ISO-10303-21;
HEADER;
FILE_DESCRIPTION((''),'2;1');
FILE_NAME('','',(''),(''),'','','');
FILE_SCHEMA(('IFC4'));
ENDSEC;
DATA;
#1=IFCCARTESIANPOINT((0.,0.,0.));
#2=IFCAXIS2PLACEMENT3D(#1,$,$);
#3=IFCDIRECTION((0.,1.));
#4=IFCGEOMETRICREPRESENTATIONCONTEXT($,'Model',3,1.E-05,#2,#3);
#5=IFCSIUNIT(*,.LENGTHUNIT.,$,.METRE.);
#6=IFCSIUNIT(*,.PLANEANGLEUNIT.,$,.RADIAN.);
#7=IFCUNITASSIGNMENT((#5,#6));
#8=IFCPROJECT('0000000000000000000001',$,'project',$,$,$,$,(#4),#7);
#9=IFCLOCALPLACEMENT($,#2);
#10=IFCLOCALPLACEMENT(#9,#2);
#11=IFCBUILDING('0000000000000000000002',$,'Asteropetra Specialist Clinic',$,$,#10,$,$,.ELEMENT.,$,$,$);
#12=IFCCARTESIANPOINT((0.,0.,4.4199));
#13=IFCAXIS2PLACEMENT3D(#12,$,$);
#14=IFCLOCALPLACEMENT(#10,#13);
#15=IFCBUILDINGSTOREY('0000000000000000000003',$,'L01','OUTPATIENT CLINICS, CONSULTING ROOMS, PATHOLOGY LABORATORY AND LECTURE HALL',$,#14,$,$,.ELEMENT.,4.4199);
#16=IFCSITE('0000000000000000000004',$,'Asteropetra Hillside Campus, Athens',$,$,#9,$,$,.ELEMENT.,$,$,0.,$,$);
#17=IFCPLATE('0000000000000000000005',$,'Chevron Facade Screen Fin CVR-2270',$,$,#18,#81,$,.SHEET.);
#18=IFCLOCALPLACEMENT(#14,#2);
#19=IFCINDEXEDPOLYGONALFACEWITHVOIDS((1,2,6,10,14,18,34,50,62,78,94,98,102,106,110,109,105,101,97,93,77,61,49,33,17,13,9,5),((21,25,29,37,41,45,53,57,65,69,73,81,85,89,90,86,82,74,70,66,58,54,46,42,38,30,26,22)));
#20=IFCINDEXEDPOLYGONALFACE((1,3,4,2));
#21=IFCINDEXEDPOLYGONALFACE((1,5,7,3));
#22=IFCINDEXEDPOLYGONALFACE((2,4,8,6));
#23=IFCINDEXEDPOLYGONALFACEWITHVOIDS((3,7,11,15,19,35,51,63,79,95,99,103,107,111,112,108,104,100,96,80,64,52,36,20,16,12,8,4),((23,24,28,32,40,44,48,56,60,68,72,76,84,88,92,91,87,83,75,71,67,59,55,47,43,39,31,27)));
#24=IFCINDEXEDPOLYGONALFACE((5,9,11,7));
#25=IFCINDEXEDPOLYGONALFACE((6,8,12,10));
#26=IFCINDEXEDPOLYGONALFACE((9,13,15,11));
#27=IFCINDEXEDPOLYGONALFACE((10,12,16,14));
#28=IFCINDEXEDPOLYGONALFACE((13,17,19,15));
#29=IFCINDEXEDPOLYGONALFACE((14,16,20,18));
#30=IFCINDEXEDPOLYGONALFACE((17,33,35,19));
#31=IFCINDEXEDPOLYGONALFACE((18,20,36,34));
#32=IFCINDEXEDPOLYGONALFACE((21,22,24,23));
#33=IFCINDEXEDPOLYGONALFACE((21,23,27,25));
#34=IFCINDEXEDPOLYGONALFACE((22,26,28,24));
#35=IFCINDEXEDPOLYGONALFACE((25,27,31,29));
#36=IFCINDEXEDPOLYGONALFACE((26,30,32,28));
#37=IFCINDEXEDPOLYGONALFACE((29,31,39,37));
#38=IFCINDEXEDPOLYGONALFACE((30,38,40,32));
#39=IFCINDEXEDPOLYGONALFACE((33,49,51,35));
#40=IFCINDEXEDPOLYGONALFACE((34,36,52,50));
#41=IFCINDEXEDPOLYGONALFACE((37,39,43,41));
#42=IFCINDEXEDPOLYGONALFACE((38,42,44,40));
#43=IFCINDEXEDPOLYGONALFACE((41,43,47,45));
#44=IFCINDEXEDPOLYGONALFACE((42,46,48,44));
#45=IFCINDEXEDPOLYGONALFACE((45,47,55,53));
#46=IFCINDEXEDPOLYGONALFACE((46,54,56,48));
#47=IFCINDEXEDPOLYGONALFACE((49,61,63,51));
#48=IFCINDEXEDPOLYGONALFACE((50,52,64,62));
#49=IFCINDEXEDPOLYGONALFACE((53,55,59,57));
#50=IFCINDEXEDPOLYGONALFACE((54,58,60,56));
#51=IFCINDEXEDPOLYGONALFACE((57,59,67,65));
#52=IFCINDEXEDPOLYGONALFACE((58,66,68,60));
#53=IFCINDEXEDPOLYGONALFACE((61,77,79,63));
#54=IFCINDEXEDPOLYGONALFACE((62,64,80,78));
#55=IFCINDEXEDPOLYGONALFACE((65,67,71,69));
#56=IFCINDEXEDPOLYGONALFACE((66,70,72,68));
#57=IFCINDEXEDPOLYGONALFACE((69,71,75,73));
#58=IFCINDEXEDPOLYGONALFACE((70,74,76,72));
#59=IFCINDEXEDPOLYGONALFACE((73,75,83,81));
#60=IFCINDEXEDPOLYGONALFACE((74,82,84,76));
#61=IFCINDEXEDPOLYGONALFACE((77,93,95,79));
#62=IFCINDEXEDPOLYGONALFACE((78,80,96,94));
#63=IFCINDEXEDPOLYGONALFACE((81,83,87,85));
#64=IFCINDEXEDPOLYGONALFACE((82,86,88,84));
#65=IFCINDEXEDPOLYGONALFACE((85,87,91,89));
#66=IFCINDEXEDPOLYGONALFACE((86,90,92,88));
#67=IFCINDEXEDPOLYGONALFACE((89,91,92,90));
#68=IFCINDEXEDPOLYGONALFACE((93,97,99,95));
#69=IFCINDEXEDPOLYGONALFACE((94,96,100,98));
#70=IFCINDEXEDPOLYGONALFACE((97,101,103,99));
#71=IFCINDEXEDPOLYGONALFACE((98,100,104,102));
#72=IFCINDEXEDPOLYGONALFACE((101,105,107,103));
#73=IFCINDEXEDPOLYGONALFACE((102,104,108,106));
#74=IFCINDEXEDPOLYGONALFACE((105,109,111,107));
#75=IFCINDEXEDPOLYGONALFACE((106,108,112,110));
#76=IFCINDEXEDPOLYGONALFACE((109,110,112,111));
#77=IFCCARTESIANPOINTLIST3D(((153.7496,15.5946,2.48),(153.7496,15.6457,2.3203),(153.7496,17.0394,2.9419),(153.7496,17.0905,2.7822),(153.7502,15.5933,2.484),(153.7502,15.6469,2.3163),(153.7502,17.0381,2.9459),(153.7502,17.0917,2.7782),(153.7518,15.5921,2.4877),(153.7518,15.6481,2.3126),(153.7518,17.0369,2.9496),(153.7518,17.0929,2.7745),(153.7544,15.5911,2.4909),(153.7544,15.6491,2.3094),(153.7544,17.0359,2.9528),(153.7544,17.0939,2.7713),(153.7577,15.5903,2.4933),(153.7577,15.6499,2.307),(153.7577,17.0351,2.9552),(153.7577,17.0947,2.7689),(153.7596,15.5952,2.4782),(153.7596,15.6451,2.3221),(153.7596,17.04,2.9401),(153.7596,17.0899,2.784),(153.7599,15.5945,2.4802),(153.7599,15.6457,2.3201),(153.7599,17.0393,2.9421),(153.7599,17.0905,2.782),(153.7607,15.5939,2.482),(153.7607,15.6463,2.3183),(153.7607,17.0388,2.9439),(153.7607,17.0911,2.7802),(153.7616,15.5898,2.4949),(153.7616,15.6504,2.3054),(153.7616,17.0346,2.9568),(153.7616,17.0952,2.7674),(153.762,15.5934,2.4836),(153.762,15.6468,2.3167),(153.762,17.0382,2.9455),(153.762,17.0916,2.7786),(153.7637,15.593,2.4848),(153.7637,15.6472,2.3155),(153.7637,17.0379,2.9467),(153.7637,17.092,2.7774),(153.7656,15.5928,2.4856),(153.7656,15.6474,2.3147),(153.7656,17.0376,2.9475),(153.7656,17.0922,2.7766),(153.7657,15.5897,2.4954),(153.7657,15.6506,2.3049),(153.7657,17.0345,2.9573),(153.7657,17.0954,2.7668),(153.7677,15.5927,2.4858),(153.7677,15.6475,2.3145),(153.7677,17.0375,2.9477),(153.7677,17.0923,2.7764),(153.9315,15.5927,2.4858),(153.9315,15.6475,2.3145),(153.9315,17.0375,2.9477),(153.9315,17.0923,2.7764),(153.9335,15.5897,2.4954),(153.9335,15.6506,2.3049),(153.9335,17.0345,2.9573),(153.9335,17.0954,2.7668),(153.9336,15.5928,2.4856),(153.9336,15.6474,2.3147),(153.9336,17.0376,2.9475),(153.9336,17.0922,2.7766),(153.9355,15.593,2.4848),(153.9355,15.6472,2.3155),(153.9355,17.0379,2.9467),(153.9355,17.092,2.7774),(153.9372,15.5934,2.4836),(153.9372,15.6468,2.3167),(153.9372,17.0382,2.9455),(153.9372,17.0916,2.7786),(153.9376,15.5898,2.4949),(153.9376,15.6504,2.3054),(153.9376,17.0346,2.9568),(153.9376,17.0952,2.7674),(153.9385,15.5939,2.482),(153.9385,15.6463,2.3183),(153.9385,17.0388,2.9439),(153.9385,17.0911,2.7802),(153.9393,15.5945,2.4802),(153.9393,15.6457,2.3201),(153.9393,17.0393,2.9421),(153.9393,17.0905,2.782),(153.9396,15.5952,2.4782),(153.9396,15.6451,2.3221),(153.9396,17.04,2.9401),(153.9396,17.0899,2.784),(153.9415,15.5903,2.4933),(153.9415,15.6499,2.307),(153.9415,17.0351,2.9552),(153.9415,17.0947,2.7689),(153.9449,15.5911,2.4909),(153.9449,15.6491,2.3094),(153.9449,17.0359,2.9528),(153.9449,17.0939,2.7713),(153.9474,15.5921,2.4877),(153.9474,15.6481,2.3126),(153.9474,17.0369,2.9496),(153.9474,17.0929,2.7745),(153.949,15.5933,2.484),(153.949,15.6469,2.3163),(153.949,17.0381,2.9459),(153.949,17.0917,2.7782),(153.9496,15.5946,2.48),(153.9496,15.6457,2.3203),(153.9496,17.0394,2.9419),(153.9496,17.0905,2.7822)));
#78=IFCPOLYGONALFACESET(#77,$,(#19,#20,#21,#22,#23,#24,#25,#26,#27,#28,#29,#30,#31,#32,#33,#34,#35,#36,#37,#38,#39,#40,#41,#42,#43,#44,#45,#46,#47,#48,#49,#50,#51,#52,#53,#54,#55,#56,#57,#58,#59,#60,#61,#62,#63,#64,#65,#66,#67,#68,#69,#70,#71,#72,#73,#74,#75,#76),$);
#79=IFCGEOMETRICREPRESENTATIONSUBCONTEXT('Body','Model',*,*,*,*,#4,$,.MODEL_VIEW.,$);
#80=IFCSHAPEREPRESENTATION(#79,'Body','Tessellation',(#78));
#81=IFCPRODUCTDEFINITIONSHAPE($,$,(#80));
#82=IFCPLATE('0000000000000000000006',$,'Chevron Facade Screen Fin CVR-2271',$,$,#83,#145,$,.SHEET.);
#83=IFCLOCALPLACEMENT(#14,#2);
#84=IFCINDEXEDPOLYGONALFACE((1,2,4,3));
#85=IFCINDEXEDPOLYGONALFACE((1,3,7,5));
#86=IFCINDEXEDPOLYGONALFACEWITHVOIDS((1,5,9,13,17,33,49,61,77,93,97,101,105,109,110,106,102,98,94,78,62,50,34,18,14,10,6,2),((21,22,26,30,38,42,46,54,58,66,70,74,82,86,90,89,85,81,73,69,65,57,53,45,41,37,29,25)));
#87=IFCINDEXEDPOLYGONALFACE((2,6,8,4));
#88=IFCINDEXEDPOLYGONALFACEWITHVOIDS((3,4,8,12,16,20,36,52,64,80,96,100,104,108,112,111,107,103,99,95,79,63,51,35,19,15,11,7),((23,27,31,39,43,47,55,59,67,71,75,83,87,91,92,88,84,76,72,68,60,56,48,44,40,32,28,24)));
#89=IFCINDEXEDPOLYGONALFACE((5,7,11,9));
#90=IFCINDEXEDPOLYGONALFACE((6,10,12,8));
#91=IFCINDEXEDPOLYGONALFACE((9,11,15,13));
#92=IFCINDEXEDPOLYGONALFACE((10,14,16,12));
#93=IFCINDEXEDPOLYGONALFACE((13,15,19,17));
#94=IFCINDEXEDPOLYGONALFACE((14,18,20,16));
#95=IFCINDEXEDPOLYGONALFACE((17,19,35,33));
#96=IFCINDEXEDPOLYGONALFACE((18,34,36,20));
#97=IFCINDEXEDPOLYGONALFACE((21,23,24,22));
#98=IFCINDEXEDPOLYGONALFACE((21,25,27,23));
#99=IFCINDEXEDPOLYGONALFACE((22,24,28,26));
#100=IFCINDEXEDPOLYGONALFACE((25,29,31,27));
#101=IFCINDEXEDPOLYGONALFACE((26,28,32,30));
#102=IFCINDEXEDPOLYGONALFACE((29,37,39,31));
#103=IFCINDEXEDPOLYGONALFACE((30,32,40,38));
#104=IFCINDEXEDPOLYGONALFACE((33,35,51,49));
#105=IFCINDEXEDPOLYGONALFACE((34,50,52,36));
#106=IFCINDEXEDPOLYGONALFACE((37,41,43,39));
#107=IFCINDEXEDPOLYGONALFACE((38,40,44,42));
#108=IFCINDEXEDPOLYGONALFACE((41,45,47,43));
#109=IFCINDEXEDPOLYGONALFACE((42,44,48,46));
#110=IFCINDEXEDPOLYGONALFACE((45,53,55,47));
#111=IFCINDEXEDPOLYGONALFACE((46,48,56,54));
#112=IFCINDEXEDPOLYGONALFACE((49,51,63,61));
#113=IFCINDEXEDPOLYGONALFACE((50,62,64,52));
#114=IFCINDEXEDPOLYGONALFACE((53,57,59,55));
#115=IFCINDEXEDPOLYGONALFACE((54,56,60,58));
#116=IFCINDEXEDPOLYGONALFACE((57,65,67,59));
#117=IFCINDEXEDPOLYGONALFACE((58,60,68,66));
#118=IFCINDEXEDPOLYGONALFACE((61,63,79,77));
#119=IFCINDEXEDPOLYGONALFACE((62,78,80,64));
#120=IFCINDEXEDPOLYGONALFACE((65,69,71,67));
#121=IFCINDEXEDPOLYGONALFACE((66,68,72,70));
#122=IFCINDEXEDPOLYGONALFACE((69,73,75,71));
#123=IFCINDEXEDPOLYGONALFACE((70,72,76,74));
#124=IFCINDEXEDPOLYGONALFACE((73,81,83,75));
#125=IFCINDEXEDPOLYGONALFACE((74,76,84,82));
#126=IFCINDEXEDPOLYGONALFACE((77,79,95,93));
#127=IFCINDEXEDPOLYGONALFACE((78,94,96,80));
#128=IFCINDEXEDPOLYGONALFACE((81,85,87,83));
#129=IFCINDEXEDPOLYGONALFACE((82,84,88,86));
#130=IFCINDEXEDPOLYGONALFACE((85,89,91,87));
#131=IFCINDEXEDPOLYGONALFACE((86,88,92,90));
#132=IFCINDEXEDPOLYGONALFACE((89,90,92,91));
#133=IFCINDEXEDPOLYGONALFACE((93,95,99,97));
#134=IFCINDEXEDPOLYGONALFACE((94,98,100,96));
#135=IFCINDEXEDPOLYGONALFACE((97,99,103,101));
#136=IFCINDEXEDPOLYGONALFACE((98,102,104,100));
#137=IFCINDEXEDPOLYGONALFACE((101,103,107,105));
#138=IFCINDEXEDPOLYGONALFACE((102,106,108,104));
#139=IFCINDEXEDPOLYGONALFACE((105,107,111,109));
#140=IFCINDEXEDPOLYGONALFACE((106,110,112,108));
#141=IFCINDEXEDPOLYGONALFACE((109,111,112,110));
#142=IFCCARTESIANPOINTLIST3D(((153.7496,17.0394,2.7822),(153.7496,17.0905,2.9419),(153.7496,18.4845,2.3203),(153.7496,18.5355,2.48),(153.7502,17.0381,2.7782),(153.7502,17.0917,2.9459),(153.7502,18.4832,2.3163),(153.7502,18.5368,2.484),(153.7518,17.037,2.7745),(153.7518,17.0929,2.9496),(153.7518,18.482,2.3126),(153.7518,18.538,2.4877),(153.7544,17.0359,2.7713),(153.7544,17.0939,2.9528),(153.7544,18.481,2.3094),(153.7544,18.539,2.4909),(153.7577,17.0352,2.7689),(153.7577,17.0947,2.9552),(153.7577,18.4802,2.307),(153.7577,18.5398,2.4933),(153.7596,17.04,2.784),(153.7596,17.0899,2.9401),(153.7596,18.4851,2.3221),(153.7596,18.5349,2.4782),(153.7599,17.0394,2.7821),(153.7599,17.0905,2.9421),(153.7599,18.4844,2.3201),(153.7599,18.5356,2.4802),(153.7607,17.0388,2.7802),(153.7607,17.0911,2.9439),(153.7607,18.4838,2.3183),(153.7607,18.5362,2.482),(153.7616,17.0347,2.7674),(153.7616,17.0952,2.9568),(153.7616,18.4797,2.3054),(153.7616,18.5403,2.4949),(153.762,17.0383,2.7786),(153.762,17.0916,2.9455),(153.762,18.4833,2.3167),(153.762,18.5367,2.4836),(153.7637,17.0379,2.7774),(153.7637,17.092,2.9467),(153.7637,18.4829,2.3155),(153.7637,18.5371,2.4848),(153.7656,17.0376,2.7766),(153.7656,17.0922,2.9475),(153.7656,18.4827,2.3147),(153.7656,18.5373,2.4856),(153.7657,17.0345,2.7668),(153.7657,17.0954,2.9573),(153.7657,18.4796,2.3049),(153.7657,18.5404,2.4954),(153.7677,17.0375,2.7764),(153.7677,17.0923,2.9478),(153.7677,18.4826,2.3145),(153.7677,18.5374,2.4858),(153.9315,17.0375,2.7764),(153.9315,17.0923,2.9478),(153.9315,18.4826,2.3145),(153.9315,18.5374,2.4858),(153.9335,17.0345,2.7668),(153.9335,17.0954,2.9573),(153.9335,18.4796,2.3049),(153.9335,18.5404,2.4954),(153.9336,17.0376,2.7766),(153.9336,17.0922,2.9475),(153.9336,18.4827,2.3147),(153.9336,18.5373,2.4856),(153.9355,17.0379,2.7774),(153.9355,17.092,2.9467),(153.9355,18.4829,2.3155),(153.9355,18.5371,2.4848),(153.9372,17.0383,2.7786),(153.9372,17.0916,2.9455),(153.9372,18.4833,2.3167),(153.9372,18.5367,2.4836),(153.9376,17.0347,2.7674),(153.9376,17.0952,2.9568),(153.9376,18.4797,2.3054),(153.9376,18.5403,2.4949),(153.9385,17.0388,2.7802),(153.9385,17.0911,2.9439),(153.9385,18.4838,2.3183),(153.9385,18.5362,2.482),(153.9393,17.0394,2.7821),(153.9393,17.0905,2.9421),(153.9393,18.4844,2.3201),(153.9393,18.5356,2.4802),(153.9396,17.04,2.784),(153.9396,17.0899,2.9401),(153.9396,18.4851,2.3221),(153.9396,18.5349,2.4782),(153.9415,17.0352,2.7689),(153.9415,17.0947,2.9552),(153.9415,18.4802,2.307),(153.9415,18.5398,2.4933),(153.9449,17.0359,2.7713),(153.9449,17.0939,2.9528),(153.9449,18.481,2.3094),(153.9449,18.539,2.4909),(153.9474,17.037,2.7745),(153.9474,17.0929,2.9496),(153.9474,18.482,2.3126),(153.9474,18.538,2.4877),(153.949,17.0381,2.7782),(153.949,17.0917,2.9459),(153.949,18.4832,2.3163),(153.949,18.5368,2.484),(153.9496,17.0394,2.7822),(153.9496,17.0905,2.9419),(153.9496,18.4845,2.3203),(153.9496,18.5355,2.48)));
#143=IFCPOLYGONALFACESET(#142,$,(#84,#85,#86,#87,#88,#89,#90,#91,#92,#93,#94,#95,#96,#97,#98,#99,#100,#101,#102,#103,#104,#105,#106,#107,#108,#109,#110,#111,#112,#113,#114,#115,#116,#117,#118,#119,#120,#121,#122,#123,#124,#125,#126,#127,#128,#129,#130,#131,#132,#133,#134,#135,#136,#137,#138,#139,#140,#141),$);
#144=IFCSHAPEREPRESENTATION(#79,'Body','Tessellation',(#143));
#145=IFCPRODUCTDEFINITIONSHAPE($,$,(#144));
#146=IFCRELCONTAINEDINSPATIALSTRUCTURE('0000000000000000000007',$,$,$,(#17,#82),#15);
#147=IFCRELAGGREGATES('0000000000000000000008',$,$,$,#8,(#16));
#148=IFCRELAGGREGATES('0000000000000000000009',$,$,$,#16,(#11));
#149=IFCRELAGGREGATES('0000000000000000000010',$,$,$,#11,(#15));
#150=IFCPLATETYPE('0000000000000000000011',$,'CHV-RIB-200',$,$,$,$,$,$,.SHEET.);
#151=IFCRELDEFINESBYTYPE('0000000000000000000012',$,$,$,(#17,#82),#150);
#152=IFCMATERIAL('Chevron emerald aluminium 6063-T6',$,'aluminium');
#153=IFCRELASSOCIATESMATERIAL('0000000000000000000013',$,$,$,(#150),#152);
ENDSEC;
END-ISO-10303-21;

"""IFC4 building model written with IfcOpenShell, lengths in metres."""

from ifc_helpers import new_model, si_unit, direction, frame, origin, origin_2d, place, context, subcontext, project, spatial, hollow_rectangle, extrude, material, material_profile, profile_set, type_object, element, save


model = new_model("IFC4")

# Units and contexts
model_context = context("Model", 3, precision=1e-05, world=origin(), true_north=direction((0.0, 1.0)))
body_context = subcontext(model_context, "Body", "Model", "MODEL_VIEW")
ifc_project = project(units=[si_unit("LENGTHUNIT", "METRE"), si_unit("PLANEANGLEUNIT", "RADIAN")], contexts=[model_context])

# Site, building, storey
site_placement = place(None, origin())
site = spatial("IfcSite", under=ifc_project, at=site_placement, Name="Asteropetra Hillside Campus, Athens", CompositionType="ELEMENT", RefElevation=0.0)
building_placement = place(site_placement, origin())
building = spatial("IfcBuilding", under=site, at=building_placement, Name="Asteropetra Specialist Clinic", CompositionType="ELEMENT")
storey_placement = place(building_placement, frame((0.0, 0.0, 4.4199)))
storey = spatial("IfcBuildingStorey", under=building, at=storey_placement, Name="L01", Description="OUTPATIENT CLINICS, CONSULTING ROOMS, PATHOLOGY LABORATORY AND LECTURE HALL", CompositionType="ELEMENT", Elevation=4.4199)

# Plates
ifc_material_1 = material(Name="Chevron emerald aluminium 6063-T6", Category="aluminium")
ifc_material_profile = material_profile(ifc_material_1, hollow_rectangle(XDim=0.2, YDim=0.2, WallThickness=0.01, InnerFilletRadius=0.0081, OuterFilletRadius=0.0161, at=origin_2d()), Name="SHS 200x200x10.0")
ifc_profile_set = profile_set([ifc_material_profile], Name="Chevron emerald aluminium 6063-T6")
plate_type = type_object("IfcPlateType", Name="CHV-RIB-200", PredefinedType="SHEET", material=ifc_profile_set)
plate_1_placement = place(storey_placement, frame((153.8496, 15.6201, 2.4001), z_axis=(0.0, 0.952506, 0.304519), x_axis=(-1.0, 0.0, 0.0)))
element("IfcPlate", 1, at=plate_1_placement, inside=storey, type_object=plate_type, Name="Chevron Facade Screen Fin CVR-2270", PredefinedType="SHEET", context=body_context, shape_type="SweptSolid", body=[
    extrude(hollow_rectangle(XDim=0.2, YDim=0.2, WallThickness=0.01, InnerFilletRadius=0.0081, OuterFilletRadius=0.0161, at=origin_2d()), origin(), (0.0, 0.0, 1.0), 1.5168),
])
for number, where, z_axis, x_axis, name in (
    (2, (153.8496, 17.0649, 2.8621), (0.0, 0.952521, -0.304472), (-1.0, 0.0, 0.0), "Chevron Facade Screen Fin CVR-2271"),
):
    element("IfcPlate", number, at=place(storey_placement, frame(where, z_axis=z_axis, x_axis=x_axis)), inside=storey, type_object=plate_type, Name=name, PredefinedType="SHEET", context=body_context, shape_type="SweptSolid", body=[
        extrude(hollow_rectangle(XDim=0.2, YDim=0.2, WallThickness=0.01, InnerFilletRadius=0.0081, OuterFilletRadius=0.0161, at=origin_2d()), origin(), (0.0, 0.0, 1.0), 1.5171),
    ])

save(model, "model.ifc")
